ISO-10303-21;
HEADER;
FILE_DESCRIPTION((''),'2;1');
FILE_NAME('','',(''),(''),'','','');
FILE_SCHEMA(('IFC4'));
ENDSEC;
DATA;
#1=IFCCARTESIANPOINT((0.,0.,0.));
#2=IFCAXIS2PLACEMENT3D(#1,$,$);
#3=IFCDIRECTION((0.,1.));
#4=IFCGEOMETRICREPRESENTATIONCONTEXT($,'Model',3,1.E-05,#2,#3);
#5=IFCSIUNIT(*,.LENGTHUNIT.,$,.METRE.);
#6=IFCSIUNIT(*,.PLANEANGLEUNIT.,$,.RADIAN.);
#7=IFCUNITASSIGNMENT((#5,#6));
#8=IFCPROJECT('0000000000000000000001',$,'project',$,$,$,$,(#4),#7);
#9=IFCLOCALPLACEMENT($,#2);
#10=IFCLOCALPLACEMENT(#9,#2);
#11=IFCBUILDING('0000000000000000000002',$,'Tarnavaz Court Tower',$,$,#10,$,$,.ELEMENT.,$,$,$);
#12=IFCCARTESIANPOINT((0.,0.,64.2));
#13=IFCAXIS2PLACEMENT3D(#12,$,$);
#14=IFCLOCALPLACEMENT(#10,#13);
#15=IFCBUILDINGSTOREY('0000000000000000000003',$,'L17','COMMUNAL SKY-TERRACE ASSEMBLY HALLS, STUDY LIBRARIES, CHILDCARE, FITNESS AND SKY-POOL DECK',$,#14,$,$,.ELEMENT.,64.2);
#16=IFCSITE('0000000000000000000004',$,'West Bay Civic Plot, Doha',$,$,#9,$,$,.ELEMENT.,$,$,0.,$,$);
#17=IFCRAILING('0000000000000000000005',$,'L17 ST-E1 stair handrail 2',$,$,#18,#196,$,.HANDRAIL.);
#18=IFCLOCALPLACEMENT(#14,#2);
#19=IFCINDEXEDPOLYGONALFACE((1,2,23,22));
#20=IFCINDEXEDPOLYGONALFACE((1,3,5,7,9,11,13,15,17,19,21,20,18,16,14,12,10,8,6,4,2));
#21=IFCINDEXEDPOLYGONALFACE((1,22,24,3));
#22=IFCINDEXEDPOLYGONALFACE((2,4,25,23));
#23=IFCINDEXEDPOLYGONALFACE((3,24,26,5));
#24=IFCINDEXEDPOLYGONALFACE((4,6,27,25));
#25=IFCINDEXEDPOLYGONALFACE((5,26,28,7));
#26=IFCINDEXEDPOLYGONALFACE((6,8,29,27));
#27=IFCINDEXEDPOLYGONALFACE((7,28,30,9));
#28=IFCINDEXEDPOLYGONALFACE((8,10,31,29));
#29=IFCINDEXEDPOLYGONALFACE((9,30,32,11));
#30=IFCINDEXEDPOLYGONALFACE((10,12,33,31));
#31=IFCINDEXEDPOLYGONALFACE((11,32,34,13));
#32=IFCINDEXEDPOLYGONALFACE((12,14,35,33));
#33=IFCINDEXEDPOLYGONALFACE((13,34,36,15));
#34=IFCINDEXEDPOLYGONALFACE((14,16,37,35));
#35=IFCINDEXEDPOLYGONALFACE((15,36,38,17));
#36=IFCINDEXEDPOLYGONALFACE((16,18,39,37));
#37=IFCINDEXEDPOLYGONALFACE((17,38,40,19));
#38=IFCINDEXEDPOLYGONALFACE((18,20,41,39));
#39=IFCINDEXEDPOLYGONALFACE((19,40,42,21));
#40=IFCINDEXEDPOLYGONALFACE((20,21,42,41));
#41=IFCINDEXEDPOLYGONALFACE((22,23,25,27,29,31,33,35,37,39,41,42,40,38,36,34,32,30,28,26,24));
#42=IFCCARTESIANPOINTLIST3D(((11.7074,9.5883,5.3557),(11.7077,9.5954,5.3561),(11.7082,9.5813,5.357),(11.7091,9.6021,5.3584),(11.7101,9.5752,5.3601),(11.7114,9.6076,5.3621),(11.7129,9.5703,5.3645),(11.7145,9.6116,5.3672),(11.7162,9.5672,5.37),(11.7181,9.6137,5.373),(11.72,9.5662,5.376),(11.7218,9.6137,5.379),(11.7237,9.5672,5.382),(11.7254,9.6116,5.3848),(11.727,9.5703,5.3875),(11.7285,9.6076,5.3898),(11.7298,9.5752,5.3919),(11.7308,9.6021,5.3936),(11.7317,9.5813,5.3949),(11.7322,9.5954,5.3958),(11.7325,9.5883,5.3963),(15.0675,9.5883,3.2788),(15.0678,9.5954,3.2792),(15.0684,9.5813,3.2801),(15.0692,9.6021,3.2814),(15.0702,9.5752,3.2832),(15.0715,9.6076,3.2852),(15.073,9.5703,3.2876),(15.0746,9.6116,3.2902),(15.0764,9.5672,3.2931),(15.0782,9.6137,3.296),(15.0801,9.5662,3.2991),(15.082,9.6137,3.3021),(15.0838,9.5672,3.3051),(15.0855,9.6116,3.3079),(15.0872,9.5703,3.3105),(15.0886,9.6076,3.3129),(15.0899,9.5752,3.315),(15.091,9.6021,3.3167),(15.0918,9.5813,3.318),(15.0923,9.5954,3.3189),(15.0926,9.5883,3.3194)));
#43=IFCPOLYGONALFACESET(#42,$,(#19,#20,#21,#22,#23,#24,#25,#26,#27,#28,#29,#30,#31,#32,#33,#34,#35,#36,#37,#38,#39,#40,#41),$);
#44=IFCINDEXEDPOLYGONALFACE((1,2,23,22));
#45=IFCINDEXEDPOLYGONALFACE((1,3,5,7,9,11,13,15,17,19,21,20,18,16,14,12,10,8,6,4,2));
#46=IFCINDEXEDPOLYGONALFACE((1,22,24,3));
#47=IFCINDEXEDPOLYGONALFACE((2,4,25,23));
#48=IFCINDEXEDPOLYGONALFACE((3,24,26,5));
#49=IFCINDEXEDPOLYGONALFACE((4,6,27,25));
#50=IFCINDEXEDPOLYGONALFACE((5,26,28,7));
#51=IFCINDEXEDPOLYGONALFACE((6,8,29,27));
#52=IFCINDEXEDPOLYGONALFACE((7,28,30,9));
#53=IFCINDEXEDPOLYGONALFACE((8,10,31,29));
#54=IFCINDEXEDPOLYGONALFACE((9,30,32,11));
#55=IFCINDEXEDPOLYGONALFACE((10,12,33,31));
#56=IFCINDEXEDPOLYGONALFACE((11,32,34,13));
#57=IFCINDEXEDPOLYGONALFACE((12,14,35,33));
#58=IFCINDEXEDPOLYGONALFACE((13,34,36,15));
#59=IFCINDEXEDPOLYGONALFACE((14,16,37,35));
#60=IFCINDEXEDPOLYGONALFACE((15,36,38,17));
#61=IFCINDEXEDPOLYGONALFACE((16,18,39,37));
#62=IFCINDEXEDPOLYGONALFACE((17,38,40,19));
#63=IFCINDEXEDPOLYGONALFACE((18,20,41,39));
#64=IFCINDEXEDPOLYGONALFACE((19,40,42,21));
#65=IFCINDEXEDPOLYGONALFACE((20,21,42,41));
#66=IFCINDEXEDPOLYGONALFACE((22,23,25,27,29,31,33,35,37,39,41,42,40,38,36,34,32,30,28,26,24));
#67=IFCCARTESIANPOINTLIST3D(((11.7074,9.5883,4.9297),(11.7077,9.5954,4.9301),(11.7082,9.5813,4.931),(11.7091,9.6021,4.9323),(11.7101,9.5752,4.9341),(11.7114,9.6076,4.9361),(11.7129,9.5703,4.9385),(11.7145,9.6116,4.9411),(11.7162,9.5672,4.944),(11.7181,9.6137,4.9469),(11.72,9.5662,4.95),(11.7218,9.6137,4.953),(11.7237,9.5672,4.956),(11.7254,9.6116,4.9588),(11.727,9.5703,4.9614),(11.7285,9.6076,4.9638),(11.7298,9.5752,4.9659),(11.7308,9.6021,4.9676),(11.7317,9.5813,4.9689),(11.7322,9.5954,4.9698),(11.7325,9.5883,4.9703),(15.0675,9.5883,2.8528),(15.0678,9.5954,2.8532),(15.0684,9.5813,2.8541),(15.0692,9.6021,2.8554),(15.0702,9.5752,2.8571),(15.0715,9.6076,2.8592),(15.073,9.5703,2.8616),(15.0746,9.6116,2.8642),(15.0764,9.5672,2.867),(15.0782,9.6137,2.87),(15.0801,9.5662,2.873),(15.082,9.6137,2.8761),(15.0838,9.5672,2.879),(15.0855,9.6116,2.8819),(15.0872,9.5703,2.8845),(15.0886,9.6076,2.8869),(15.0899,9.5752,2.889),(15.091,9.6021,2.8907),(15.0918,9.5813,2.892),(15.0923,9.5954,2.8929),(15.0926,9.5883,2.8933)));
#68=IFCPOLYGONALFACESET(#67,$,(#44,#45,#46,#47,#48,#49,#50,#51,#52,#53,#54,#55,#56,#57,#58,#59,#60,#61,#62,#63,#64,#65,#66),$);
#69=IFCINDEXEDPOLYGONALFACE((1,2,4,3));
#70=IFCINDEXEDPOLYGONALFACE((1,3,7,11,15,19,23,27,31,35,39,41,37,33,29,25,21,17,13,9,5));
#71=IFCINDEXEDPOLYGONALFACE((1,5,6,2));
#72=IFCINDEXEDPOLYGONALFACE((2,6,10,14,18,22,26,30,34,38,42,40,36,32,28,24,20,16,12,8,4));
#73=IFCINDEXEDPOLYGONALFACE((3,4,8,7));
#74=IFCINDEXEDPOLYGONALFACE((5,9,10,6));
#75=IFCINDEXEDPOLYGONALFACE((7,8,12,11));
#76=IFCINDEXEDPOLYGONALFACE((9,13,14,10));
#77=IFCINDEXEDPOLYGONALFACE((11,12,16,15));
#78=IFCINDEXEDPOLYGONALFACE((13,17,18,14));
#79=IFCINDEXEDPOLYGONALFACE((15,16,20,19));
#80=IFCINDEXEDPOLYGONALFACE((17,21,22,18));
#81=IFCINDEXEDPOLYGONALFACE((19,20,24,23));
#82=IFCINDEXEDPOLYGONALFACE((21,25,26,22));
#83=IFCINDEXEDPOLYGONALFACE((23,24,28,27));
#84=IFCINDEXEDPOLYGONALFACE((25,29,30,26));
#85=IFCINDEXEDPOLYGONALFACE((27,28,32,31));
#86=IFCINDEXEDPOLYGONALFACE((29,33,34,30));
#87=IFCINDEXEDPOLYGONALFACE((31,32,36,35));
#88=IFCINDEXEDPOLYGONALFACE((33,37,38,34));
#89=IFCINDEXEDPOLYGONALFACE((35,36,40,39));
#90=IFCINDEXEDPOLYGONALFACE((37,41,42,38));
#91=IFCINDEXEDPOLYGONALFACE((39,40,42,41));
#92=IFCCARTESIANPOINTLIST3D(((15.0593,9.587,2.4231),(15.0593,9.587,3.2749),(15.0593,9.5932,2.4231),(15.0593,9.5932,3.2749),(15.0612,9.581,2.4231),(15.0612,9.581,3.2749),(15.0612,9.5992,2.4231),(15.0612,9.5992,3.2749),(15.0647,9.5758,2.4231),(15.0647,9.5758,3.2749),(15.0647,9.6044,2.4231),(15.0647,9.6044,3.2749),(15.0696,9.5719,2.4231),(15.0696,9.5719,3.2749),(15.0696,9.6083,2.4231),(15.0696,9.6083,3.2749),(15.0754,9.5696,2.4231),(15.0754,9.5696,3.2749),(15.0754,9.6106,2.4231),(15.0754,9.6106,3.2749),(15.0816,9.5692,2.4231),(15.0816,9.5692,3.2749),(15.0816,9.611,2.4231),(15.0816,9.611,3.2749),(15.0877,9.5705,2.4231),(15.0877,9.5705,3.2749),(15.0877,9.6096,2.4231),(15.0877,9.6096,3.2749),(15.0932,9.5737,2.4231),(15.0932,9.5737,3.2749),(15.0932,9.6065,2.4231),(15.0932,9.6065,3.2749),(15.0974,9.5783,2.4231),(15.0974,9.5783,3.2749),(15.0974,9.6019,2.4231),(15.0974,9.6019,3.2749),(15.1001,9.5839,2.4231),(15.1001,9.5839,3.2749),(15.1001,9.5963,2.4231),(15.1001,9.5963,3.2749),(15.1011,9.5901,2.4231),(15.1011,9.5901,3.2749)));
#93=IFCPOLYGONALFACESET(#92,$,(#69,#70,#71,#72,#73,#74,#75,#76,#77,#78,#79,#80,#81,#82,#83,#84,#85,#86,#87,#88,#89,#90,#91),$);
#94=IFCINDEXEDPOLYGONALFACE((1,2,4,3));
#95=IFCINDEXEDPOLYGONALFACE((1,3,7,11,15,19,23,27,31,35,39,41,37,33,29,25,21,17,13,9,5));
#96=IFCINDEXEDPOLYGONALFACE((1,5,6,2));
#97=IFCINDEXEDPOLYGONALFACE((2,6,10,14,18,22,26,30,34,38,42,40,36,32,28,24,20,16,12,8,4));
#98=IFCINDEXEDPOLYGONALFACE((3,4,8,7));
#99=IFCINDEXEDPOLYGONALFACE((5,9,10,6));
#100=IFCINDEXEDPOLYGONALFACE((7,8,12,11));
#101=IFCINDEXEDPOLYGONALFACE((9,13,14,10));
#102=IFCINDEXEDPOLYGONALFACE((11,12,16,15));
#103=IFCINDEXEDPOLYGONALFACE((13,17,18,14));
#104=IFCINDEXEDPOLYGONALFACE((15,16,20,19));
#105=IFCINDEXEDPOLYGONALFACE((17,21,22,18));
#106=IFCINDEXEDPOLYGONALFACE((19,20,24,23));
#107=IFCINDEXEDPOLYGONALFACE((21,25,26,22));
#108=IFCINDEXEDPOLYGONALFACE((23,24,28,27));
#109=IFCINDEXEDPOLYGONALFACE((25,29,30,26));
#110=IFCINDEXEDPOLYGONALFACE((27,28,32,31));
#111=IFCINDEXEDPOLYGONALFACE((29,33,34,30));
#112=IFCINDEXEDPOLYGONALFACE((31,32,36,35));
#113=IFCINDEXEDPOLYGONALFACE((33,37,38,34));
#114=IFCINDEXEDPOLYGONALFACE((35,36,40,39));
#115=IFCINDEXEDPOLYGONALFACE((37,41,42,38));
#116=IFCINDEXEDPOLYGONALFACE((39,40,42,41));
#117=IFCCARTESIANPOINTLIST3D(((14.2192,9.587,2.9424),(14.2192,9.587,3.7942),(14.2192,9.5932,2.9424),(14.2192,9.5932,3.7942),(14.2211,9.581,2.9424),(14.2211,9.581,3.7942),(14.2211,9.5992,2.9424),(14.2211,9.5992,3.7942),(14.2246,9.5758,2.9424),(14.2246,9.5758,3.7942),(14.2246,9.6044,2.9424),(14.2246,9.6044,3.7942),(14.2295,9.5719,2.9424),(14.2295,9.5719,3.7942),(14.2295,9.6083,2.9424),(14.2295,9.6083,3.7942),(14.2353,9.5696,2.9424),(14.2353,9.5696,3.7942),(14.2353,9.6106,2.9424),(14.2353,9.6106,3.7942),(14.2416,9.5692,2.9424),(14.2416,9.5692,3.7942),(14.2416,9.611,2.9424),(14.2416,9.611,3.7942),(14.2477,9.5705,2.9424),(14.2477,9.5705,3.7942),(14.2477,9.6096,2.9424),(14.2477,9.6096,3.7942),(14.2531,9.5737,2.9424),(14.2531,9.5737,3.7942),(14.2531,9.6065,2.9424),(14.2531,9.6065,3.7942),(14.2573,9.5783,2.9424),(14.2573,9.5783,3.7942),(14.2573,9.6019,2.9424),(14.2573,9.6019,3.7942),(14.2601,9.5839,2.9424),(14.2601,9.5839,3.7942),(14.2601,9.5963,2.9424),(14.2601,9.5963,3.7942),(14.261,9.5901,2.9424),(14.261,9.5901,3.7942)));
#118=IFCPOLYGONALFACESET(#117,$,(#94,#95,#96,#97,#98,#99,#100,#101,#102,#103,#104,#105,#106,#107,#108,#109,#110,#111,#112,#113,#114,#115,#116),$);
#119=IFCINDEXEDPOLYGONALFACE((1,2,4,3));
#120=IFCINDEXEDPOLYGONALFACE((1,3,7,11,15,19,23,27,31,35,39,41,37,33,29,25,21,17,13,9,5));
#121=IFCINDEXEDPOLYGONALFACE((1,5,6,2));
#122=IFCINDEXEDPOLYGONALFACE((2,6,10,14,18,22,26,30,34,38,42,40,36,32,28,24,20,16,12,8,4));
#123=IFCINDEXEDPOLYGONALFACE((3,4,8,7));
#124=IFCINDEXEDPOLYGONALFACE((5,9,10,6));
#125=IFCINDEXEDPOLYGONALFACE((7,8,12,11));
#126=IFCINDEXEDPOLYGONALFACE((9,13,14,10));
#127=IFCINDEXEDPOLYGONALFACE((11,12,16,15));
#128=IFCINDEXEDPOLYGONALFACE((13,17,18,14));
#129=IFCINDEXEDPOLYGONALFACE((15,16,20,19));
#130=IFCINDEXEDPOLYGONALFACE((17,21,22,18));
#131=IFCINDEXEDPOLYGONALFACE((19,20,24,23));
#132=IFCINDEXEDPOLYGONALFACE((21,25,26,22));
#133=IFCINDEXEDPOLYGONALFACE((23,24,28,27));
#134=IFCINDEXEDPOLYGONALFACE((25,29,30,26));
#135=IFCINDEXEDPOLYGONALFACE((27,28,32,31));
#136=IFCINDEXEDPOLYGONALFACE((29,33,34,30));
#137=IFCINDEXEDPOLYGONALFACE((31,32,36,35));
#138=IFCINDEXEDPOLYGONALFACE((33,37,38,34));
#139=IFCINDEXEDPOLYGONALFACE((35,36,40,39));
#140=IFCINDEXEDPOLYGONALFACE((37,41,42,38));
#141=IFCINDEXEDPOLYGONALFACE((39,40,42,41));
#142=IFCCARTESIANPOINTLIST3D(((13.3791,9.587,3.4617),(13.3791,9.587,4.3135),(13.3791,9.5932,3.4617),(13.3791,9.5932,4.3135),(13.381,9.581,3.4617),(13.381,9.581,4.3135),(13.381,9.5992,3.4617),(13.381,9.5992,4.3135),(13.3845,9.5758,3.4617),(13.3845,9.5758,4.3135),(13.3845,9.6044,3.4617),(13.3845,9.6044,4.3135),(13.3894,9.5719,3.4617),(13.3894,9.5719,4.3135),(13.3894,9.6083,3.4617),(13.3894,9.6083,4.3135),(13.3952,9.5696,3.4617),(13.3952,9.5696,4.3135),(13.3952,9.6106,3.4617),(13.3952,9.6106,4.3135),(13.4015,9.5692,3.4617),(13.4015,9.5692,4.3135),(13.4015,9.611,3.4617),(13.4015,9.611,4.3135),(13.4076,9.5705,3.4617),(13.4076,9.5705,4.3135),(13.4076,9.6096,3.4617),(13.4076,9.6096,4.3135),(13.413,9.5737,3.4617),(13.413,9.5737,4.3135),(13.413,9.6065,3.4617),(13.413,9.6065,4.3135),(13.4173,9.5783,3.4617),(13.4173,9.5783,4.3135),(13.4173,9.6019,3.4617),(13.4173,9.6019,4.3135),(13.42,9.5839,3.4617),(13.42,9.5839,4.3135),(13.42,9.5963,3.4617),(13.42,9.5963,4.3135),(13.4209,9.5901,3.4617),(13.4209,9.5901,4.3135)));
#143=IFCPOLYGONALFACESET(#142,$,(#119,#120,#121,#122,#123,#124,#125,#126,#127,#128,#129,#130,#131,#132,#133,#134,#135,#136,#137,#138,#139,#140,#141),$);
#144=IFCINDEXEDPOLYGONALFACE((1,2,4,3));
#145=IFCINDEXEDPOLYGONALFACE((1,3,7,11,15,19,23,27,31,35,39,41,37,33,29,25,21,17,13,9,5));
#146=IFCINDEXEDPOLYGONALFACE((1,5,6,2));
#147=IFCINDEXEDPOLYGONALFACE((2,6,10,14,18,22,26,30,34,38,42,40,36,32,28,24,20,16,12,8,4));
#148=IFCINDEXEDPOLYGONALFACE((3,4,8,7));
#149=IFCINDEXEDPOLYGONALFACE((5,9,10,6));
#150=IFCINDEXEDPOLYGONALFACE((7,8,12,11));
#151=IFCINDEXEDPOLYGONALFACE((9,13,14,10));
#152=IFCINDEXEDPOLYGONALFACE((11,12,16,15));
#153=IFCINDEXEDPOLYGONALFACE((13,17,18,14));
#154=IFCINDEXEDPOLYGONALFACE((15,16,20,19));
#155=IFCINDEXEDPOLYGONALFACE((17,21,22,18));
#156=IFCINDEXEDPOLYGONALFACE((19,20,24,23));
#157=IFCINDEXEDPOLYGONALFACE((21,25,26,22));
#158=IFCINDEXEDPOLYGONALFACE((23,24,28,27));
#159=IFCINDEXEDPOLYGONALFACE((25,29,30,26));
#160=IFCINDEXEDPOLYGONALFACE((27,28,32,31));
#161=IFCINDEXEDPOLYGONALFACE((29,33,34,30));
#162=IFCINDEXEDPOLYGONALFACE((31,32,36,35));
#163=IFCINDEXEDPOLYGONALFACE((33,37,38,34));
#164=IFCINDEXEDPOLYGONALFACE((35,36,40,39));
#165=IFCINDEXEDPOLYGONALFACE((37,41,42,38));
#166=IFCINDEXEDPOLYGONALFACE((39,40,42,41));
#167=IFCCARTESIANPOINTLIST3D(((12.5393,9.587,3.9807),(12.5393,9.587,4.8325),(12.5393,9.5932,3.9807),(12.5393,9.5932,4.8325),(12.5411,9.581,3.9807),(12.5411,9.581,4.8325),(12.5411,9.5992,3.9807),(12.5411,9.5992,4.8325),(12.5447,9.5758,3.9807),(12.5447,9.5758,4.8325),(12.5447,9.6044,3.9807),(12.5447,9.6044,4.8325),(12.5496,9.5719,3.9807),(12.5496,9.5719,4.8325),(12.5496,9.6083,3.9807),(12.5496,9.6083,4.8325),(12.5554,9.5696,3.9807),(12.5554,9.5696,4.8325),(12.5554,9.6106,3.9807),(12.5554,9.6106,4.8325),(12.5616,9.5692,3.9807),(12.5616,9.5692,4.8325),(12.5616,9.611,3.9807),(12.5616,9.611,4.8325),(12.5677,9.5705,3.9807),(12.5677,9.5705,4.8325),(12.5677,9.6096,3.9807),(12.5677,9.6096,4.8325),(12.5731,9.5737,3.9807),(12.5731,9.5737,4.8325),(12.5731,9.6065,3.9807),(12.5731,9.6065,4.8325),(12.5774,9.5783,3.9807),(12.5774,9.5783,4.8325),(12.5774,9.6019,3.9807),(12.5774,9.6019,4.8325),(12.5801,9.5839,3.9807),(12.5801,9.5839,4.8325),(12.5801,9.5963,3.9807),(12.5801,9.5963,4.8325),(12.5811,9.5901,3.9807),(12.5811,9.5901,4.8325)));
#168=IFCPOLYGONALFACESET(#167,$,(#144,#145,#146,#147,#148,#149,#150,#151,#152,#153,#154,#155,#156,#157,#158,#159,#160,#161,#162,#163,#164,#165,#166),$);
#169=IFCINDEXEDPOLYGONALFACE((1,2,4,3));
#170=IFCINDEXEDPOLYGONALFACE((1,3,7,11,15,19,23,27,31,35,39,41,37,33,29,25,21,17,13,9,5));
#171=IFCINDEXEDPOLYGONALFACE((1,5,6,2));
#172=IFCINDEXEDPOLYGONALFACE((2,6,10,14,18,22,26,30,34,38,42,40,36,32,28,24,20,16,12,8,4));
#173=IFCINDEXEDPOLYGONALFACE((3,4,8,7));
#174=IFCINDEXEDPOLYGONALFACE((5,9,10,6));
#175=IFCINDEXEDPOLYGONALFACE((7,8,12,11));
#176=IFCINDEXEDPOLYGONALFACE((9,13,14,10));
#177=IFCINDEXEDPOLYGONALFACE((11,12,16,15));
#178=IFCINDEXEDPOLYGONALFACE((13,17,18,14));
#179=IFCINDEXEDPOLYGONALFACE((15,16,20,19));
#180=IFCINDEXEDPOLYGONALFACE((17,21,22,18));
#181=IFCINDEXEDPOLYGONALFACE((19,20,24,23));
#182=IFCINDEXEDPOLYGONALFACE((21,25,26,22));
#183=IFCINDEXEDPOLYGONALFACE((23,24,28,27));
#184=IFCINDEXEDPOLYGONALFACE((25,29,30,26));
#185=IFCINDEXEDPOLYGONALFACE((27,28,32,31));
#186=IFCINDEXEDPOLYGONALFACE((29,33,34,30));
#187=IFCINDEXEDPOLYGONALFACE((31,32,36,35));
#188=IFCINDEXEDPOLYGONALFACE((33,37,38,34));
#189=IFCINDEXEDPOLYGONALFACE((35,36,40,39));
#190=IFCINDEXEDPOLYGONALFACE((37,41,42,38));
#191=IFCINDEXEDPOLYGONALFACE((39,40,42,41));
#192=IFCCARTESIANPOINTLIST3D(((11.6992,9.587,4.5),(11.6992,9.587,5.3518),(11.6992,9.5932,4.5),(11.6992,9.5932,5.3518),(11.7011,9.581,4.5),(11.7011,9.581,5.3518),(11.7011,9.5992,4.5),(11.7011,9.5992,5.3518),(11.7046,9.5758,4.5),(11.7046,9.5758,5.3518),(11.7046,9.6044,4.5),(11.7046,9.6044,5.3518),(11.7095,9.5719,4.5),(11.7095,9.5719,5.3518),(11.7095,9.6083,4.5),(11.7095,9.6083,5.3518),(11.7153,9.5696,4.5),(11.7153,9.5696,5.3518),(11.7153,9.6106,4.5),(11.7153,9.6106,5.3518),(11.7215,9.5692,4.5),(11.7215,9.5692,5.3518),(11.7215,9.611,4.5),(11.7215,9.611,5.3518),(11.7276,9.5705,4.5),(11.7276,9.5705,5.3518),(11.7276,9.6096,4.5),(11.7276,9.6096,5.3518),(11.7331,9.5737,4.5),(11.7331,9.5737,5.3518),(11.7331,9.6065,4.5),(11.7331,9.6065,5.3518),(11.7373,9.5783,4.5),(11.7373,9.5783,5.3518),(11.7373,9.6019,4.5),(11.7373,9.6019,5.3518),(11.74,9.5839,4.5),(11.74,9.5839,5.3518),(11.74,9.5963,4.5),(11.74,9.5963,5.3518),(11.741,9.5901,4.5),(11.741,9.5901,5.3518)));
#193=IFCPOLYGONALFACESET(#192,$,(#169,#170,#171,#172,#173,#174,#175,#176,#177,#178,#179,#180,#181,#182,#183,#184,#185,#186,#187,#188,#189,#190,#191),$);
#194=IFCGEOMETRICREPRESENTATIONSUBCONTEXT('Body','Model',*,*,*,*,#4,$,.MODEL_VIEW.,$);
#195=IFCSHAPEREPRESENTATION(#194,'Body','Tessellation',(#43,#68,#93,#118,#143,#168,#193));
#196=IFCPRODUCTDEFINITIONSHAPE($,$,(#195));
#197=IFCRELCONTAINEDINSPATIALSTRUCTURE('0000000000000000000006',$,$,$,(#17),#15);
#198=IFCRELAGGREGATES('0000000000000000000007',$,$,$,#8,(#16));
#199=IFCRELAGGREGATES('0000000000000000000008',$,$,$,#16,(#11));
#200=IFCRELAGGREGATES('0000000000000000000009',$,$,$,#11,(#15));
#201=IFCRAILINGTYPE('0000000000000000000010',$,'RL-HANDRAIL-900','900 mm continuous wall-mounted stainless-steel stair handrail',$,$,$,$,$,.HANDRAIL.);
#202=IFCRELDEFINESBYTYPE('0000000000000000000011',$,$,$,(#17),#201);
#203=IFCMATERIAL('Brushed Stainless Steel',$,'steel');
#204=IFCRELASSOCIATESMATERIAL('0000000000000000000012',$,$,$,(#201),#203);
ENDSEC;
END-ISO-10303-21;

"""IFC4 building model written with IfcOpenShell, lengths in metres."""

from ifc_helpers import new_model, si_unit, direction, frame, origin, origin_2d, place, context, subcontext, project, spatial, circle, extrude, material, type_object, element, save


model = new_model("IFC4")

# Units and contexts
model_context = context("Model", 3, precision=1e-05, world=origin(), true_north=direction((0.0, 1.0)))
body_context = subcontext(model_context, "Body", "Model", "MODEL_VIEW")
ifc_project = project(units=[si_unit("LENGTHUNIT", "METRE"), si_unit("PLANEANGLEUNIT", "RADIAN")], contexts=[model_context])

# Site, building, storey
site_placement = place(None, origin())
site = spatial("IfcSite", under=ifc_project, at=site_placement, Name="West Bay Civic Plot, Doha", CompositionType="ELEMENT", RefElevation=0.0)
building_placement = place(site_placement, origin())
building = spatial("IfcBuilding", under=site, at=building_placement, Name="Tarnavaz Court Tower", CompositionType="ELEMENT")
storey_placement = place(building_placement, frame((0.0, 0.0, 64.2)))
storey = spatial("IfcBuildingStorey", under=building, at=storey_placement, Name="L17", Description="COMMUNAL SKY-TERRACE ASSEMBLY HALLS, STUDY LIBRARIES, CHILDCARE, FITNESS AND SKY-POOL DECK", CompositionType="ELEMENT", Elevation=64.2)

# Railing
ifc_material_1 = material(Name="Brushed Stainless Steel", Category="steel")
railing_type_1 = type_object("IfcRailingType", Name="RL-HANDRAIL-900", Description="900 mm continuous wall-mounted stainless-steel stair handrail", PredefinedType="HANDRAIL", material=ifc_material_1)
railing_1_placement = place(storey_placement, frame((15.0801, 9.5901, 2.4231)))
element("IfcRailing", 1, at=railing_1_placement, inside=storey, type_object=railing_type_1, Name="L17 ST-E1 stair handrail 2", PredefinedType="HANDRAIL", context=body_context, shape_type="SweptSolid", body=[
    extrude(circle(Radius=0.0239, at=origin_2d()), frame((0.0, 0.0, 0.876), z_axis=(-0.850623, 0.0, 0.525776), x_axis=(0.0, -1.0, 0.0)), (0.0, 0.0, 1.0), 3.9502),
    extrude(circle(Radius=0.0239, at=origin_2d()), frame((0.0, 0.0, 0.45), z_axis=(-0.850623, 0.0, 0.525776), x_axis=(0.0, -1.0, 0.0)), (0.0, 0.0, 1.0), 3.9502),
    extrude(circle(Radius=0.021, at=origin_2d()), origin(), (0.0, 0.0, 1.0), 0.8518),
    extrude(circle(Radius=0.021, at=origin_2d()), frame((-0.8401, 0.0, 0.5193)), (0.0, 0.0, 1.0), 0.8518),
    extrude(circle(Radius=0.021, at=origin_2d()), frame((-1.6802, 0.0, 1.0386)), (0.0, 0.0, 1.0), 0.8518),
    extrude(circle(Radius=0.021, at=origin_2d()), frame((-2.52, 0.0, 1.5576)), (0.0, 0.0, 1.0), 0.8518),
    extrude(circle(Radius=0.021, at=origin_2d()), frame((-3.3601, 0.0, 2.0769)), (0.0, 0.0, 1.0), 0.8518),
])

save(model, "model.ifc")
